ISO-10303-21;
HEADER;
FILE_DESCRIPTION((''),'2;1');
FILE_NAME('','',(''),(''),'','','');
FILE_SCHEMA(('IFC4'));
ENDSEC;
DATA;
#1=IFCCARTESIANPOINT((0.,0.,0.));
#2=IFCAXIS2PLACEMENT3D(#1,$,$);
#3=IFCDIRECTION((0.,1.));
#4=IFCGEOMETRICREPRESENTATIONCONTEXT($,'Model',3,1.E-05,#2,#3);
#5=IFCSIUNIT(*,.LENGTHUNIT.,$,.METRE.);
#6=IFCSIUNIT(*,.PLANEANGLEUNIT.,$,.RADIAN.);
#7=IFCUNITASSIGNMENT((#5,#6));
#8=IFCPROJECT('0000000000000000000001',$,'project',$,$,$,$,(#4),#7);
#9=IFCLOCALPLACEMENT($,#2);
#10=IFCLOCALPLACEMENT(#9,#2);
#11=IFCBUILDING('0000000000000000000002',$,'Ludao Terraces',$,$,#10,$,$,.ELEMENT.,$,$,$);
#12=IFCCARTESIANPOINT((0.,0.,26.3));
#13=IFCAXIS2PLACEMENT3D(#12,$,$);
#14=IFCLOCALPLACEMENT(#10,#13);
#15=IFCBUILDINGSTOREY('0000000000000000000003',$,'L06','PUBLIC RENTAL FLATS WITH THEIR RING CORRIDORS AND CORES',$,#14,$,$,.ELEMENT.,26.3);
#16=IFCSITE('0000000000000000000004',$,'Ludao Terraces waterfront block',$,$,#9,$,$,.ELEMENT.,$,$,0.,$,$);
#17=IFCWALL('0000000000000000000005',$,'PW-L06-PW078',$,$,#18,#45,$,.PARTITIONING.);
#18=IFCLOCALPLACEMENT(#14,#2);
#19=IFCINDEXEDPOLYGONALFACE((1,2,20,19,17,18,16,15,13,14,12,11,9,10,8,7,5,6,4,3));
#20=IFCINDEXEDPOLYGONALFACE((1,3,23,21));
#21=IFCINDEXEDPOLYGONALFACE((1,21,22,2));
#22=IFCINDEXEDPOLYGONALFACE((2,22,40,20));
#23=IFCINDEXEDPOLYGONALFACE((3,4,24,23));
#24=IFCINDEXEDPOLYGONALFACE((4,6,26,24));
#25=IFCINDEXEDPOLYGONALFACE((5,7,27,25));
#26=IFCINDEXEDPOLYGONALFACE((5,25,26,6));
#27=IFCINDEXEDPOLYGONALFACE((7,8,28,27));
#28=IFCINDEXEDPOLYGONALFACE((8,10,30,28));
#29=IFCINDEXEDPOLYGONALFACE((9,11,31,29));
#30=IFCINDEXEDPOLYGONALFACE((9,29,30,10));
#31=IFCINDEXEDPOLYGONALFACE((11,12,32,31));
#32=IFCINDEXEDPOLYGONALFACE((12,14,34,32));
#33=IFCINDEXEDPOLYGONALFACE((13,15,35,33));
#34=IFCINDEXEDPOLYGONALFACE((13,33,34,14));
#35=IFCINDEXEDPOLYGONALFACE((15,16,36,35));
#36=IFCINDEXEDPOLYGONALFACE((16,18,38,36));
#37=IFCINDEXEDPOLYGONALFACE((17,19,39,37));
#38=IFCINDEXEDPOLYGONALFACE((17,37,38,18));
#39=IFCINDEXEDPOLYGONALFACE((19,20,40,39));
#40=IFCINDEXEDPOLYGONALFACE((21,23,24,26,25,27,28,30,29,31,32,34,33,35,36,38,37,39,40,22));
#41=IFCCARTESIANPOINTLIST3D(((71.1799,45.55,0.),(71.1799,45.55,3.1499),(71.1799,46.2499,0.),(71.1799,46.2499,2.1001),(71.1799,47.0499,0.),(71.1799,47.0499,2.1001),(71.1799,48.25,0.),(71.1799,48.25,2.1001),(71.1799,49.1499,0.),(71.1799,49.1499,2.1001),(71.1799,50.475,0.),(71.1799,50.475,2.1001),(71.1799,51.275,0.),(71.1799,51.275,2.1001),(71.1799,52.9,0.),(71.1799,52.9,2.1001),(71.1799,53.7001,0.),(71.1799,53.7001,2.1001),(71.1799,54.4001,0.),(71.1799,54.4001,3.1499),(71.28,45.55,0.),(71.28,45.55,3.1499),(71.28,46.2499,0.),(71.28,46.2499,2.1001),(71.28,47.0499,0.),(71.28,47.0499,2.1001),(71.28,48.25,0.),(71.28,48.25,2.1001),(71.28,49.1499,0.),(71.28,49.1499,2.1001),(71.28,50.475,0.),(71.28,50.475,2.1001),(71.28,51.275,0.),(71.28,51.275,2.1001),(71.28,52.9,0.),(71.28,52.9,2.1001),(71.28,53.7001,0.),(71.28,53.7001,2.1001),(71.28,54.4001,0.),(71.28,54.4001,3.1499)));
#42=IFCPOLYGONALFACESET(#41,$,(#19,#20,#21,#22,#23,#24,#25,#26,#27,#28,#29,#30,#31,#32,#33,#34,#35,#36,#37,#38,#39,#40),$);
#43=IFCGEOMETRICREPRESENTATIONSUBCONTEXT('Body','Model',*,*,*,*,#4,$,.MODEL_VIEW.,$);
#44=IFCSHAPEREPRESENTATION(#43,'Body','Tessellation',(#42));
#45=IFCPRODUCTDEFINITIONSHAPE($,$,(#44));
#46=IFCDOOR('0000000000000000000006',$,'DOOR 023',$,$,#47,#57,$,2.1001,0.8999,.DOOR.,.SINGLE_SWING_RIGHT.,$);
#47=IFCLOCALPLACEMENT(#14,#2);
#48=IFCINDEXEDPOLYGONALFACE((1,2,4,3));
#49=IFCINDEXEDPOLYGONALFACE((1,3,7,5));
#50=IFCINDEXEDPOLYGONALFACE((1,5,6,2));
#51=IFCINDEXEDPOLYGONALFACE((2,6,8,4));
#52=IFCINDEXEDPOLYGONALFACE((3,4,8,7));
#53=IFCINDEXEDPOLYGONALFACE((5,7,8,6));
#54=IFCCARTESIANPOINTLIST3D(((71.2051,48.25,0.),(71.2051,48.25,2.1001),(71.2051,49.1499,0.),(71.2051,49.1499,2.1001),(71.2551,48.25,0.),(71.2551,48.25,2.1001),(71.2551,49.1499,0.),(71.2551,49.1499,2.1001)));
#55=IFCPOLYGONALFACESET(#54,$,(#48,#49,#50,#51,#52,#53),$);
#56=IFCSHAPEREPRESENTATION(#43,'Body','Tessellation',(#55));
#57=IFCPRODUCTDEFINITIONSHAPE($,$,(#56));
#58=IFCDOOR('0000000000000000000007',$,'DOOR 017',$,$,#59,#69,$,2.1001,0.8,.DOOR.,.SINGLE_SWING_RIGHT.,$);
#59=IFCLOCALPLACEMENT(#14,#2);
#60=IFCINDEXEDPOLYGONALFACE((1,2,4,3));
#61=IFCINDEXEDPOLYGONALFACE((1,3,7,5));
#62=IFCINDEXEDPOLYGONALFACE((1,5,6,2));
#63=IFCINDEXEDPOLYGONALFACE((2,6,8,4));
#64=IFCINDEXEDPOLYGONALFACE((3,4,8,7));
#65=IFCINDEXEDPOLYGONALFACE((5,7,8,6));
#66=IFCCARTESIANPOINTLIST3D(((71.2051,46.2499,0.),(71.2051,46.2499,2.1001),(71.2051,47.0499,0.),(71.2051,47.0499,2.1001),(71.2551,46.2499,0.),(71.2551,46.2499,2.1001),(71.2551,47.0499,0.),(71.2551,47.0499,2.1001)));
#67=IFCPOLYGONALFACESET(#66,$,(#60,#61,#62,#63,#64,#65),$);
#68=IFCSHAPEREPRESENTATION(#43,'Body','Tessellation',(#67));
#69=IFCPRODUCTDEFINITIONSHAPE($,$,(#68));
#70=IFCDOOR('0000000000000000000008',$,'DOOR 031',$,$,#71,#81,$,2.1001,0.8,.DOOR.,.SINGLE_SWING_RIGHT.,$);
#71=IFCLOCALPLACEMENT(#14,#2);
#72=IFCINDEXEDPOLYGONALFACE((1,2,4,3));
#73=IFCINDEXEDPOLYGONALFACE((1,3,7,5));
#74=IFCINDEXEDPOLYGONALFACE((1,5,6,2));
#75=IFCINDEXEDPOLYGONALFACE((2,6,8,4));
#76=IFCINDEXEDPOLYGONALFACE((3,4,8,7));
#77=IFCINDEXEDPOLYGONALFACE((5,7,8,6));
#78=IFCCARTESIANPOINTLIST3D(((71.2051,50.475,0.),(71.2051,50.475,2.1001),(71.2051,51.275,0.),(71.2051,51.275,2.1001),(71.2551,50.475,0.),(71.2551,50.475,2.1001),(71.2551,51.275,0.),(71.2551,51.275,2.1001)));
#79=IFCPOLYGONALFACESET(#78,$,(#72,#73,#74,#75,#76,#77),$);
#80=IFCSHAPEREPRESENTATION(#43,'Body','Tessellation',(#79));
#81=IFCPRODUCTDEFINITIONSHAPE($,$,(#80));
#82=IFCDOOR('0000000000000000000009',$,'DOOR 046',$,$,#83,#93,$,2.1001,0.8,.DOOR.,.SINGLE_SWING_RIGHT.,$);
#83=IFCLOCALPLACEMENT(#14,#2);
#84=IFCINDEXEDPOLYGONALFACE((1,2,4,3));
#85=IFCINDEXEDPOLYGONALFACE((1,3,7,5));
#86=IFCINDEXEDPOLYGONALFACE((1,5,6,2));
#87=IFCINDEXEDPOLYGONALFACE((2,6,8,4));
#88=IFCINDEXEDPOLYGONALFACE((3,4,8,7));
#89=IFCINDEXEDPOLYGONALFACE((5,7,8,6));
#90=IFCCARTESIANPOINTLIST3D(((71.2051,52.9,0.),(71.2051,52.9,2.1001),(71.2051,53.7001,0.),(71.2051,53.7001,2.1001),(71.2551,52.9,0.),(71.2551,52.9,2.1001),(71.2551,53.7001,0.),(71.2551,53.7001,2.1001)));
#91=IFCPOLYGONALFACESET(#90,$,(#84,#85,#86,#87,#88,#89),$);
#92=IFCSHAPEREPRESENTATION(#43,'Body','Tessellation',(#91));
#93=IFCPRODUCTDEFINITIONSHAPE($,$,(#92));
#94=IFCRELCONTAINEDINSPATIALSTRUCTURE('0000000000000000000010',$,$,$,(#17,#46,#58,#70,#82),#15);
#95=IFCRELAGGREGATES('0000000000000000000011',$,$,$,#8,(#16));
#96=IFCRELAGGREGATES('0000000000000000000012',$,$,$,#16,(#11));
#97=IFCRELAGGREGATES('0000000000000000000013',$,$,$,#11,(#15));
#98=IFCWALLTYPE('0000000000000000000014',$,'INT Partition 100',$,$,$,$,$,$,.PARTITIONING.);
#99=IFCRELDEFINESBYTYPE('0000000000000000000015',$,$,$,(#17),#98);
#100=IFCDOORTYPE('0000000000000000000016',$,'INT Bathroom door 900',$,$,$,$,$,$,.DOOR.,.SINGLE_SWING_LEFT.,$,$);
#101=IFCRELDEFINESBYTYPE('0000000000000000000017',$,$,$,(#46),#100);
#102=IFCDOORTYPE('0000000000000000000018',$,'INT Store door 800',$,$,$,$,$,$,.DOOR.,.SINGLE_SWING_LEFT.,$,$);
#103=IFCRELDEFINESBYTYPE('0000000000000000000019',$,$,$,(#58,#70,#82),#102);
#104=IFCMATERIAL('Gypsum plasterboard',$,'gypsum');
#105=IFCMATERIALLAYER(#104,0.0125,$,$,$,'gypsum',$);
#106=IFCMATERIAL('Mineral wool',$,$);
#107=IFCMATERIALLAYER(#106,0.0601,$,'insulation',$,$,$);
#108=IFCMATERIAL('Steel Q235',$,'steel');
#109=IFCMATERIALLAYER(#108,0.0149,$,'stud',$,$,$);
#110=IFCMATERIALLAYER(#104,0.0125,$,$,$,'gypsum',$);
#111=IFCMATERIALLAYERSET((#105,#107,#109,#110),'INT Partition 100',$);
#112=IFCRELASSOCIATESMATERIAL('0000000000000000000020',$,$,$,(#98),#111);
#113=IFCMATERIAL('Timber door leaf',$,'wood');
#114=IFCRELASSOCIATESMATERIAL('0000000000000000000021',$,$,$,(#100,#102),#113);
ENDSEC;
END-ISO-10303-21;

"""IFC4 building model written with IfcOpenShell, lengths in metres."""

from ifc_helpers import new_model, si_unit, direction, frame, frame_2d, origin, place, context, subcontext, project, spatial, rectangle, extrude, material, layer, layer_set, type_object, element, fill, save


model = new_model("IFC4")

# Units and contexts
model_context = context("Model", 3, precision=1e-05, world=origin(), true_north=direction((0.0, 1.0)))
body_context = subcontext(model_context, "Body", "Model", "MODEL_VIEW")
ifc_project = project(units=[si_unit("LENGTHUNIT", "METRE"), si_unit("PLANEANGLEUNIT", "RADIAN")], contexts=[model_context])

# Site, building, storey
site_placement = place(None, origin())
site = spatial("IfcSite", under=ifc_project, at=site_placement, Name="Ludao Terraces waterfront block", CompositionType="ELEMENT", RefElevation=0.0)
building_placement = place(site_placement, origin())
building = spatial("IfcBuilding", under=site, at=building_placement, Name="Ludao Terraces", CompositionType="ELEMENT")
storey_placement = place(building_placement, frame((0.0, 0.0, 26.3)))
storey = spatial("IfcBuildingStorey", under=building, at=storey_placement, Name="L06", Description="PUBLIC RENTAL FLATS WITH THEIR RING CORRIDORS AND CORES", CompositionType="ELEMENT", Elevation=26.3)

# Shared definitions
ifc_material_1 = material(Name="Mineral wool")

# Wall, openings, doors
ifc_material_2 = material(Name="Gypsum plasterboard", Category="gypsum")
ifc_layer_1 = layer(ifc_material_2, 0.0125, Category="gypsum")
ifc_layer_2 = layer(ifc_material_1, 0.0601, Name="insulation")
ifc_material_3 = material(Name="Steel Q235", Category="steel")
ifc_layer_3 = layer(ifc_material_3, 0.0149, Name="stud")
ifc_layer_4 = layer(ifc_material_2, 0.0125, Category="gypsum")
ifc_layer_set_1 = layer_set([ifc_layer_1, ifc_layer_2, ifc_layer_3, ifc_layer_4], Name="INT Partition 100")
wall_type_1 = type_object("IfcWallType", Name="INT Partition 100", PredefinedType="PARTITIONING", material=ifc_layer_set_1)
ifc_material_4 = material(Name="Timber door leaf", Category="wood")
door_type_1 = type_object("IfcDoorType", Name="INT Bathroom door 900", OperationType="SINGLE_SWING_LEFT", PredefinedType="DOOR", material=ifc_material_4)
wall_1_placement = place(storey_placement, frame((71.23, 45.55, 0.0), z_axis=(0.0, 0.0, 1.0), x_axis=(0.0, 1.0, 0.0)))
wall_1 = element("IfcWall", 1, at=wall_1_placement, inside=storey, type_object=wall_type_1, Name="PW-L06-PW078", PredefinedType="PARTITIONING", context=body_context, shape_type="SweptSolid", body=[
    extrude(rectangle(XDim=8.8501, YDim=0.1001, at=frame_2d((4.425, 0.0))), origin(), (0.0, 0.0, 1.0), 3.1499),
])
opening_1_placement = place(wall_1_placement, frame((0.7, 0.0, 0.0)))
opening_1 = element("IfcOpeningElement", 2, at=opening_1_placement, cuts=wall_1, PredefinedType="OPENING", context=body_context, shape_type="SweptSolid", body=[
    extrude(rectangle(XDim=0.8, YDim=2.1001, at=frame_2d((0.3999, 1.05))), frame((0.0, 0.0601, 0.0), z_axis=(0.0, -1.0, 0.0), x_axis=(1.0, 0.0, 0.0)), (0.0, 0.0, 1.0), 0.1201),
])
opening_2_placement = place(wall_1_placement, frame((2.7, 0.0, 0.0)))
opening_2 = element("IfcOpeningElement", 3, at=opening_2_placement, cuts=wall_1, PredefinedType="OPENING", context=body_context, shape_type="SweptSolid", body=[
    extrude(rectangle(XDim=0.8999, YDim=2.1001, at=frame_2d((0.45, 1.05))), frame((0.0, 0.0601, 0.0), z_axis=(0.0, -1.0, 0.0), x_axis=(1.0, 0.0, 0.0)), (0.0, 0.0, 1.0), 0.1201),
])
opening_3_placement = place(wall_1_placement, frame((4.925, 0.0, 0.0)))
opening_3 = element("IfcOpeningElement", 4, at=opening_3_placement, cuts=wall_1, PredefinedType="OPENING", context=body_context, shape_type="SweptSolid", body=[
    extrude(rectangle(XDim=0.8, YDim=2.1001, at=frame_2d((0.3999, 1.05))), frame((0.0, 0.0601, 0.0), z_axis=(0.0, -1.0, 0.0), x_axis=(1.0, 0.0, 0.0)), (0.0, 0.0, 1.0), 0.1201),
])
opening_4_placement = place(wall_1_placement, frame((7.3501, 0.0, 0.0)))
opening_4 = element("IfcOpeningElement", 5, at=opening_4_placement, cuts=wall_1, PredefinedType="OPENING", context=body_context, shape_type="SweptSolid", body=[
    extrude(rectangle(XDim=0.8, YDim=2.1001, at=frame_2d((0.3999, 1.05))), frame((0.0, 0.0601, 0.0), z_axis=(0.0, -1.0, 0.0), x_axis=(1.0, 0.0, 0.0)), (0.0, 0.0, 1.0), 0.1201),
])
door_1_placement = place(opening_2_placement, origin())
door_1 = element("IfcDoor", 6, at=door_1_placement, inside=storey, type_object=door_type_1, Name="DOOR 023", OperationType="SINGLE_SWING_RIGHT", OverallHeight=2.1001, OverallWidth=0.8999, PredefinedType="DOOR", context=body_context, shape_type="SweptSolid", body=[
    extrude(rectangle(XDim=0.8999, YDim=2.1001, at=frame_2d((0.45, 1.05))), frame((0.0, 0.0249, 0.0), z_axis=(0.0, -1.0, 0.0), x_axis=(1.0, 0.0, 0.0)), (0.0, 0.0, 1.0), 0.05),
])
fill(opening_2, door_1)
door_type_2 = type_object("IfcDoorType", Name="INT Store door 800", OperationType="SINGLE_SWING_LEFT", PredefinedType="DOOR", material=ifc_material_4)
door_2_placement = place(opening_1_placement, origin())
door_2 = element("IfcDoor", 7, at=door_2_placement, inside=storey, type_object=door_type_2, Name="DOOR 017", OperationType="SINGLE_SWING_RIGHT", OverallHeight=2.1001, OverallWidth=0.8, PredefinedType="DOOR", context=body_context, shape_type="SweptSolid", body=[
    extrude(rectangle(XDim=0.8, YDim=2.1001, at=frame_2d((0.3999, 1.05))), frame((0.0, 0.0249, 0.0), z_axis=(0.0, -1.0, 0.0), x_axis=(1.0, 0.0, 0.0)), (0.0, 0.0, 1.0), 0.05),
])
fill(opening_1, door_2)
door_3_placement = place(opening_3_placement, origin())
door_3 = element("IfcDoor", 8, at=door_3_placement, inside=storey, type_object=door_type_2, Name="DOOR 031", OperationType="SINGLE_SWING_RIGHT", OverallHeight=2.1001, OverallWidth=0.8, PredefinedType="DOOR", context=body_context, shape_type="SweptSolid", body=[
    extrude(rectangle(XDim=0.8, YDim=2.1001, at=frame_2d((0.3999, 1.05))), frame((0.0, 0.0249, 0.0), z_axis=(0.0, -1.0, 0.0), x_axis=(1.0, 0.0, 0.0)), (0.0, 0.0, 1.0), 0.05),
])
fill(opening_3, door_3)
door_4_placement = place(opening_4_placement, origin())
door_4 = element("IfcDoor", 9, at=door_4_placement, inside=storey, type_object=door_type_2, Name="DOOR 046", OperationType="SINGLE_SWING_RIGHT", OverallHeight=2.1001, OverallWidth=0.8, PredefinedType="DOOR", context=body_context, shape_type="SweptSolid", body=[
    extrude(rectangle(XDim=0.8, YDim=2.1001, at=frame_2d((0.3999, 1.05))), frame((0.0, 0.0249, 0.0), z_axis=(0.0, -1.0, 0.0), x_axis=(1.0, 0.0, 0.0)), (0.0, 0.0, 1.0), 0.05),
])
fill(opening_4, door_4)

save(model, "model.ifc")
